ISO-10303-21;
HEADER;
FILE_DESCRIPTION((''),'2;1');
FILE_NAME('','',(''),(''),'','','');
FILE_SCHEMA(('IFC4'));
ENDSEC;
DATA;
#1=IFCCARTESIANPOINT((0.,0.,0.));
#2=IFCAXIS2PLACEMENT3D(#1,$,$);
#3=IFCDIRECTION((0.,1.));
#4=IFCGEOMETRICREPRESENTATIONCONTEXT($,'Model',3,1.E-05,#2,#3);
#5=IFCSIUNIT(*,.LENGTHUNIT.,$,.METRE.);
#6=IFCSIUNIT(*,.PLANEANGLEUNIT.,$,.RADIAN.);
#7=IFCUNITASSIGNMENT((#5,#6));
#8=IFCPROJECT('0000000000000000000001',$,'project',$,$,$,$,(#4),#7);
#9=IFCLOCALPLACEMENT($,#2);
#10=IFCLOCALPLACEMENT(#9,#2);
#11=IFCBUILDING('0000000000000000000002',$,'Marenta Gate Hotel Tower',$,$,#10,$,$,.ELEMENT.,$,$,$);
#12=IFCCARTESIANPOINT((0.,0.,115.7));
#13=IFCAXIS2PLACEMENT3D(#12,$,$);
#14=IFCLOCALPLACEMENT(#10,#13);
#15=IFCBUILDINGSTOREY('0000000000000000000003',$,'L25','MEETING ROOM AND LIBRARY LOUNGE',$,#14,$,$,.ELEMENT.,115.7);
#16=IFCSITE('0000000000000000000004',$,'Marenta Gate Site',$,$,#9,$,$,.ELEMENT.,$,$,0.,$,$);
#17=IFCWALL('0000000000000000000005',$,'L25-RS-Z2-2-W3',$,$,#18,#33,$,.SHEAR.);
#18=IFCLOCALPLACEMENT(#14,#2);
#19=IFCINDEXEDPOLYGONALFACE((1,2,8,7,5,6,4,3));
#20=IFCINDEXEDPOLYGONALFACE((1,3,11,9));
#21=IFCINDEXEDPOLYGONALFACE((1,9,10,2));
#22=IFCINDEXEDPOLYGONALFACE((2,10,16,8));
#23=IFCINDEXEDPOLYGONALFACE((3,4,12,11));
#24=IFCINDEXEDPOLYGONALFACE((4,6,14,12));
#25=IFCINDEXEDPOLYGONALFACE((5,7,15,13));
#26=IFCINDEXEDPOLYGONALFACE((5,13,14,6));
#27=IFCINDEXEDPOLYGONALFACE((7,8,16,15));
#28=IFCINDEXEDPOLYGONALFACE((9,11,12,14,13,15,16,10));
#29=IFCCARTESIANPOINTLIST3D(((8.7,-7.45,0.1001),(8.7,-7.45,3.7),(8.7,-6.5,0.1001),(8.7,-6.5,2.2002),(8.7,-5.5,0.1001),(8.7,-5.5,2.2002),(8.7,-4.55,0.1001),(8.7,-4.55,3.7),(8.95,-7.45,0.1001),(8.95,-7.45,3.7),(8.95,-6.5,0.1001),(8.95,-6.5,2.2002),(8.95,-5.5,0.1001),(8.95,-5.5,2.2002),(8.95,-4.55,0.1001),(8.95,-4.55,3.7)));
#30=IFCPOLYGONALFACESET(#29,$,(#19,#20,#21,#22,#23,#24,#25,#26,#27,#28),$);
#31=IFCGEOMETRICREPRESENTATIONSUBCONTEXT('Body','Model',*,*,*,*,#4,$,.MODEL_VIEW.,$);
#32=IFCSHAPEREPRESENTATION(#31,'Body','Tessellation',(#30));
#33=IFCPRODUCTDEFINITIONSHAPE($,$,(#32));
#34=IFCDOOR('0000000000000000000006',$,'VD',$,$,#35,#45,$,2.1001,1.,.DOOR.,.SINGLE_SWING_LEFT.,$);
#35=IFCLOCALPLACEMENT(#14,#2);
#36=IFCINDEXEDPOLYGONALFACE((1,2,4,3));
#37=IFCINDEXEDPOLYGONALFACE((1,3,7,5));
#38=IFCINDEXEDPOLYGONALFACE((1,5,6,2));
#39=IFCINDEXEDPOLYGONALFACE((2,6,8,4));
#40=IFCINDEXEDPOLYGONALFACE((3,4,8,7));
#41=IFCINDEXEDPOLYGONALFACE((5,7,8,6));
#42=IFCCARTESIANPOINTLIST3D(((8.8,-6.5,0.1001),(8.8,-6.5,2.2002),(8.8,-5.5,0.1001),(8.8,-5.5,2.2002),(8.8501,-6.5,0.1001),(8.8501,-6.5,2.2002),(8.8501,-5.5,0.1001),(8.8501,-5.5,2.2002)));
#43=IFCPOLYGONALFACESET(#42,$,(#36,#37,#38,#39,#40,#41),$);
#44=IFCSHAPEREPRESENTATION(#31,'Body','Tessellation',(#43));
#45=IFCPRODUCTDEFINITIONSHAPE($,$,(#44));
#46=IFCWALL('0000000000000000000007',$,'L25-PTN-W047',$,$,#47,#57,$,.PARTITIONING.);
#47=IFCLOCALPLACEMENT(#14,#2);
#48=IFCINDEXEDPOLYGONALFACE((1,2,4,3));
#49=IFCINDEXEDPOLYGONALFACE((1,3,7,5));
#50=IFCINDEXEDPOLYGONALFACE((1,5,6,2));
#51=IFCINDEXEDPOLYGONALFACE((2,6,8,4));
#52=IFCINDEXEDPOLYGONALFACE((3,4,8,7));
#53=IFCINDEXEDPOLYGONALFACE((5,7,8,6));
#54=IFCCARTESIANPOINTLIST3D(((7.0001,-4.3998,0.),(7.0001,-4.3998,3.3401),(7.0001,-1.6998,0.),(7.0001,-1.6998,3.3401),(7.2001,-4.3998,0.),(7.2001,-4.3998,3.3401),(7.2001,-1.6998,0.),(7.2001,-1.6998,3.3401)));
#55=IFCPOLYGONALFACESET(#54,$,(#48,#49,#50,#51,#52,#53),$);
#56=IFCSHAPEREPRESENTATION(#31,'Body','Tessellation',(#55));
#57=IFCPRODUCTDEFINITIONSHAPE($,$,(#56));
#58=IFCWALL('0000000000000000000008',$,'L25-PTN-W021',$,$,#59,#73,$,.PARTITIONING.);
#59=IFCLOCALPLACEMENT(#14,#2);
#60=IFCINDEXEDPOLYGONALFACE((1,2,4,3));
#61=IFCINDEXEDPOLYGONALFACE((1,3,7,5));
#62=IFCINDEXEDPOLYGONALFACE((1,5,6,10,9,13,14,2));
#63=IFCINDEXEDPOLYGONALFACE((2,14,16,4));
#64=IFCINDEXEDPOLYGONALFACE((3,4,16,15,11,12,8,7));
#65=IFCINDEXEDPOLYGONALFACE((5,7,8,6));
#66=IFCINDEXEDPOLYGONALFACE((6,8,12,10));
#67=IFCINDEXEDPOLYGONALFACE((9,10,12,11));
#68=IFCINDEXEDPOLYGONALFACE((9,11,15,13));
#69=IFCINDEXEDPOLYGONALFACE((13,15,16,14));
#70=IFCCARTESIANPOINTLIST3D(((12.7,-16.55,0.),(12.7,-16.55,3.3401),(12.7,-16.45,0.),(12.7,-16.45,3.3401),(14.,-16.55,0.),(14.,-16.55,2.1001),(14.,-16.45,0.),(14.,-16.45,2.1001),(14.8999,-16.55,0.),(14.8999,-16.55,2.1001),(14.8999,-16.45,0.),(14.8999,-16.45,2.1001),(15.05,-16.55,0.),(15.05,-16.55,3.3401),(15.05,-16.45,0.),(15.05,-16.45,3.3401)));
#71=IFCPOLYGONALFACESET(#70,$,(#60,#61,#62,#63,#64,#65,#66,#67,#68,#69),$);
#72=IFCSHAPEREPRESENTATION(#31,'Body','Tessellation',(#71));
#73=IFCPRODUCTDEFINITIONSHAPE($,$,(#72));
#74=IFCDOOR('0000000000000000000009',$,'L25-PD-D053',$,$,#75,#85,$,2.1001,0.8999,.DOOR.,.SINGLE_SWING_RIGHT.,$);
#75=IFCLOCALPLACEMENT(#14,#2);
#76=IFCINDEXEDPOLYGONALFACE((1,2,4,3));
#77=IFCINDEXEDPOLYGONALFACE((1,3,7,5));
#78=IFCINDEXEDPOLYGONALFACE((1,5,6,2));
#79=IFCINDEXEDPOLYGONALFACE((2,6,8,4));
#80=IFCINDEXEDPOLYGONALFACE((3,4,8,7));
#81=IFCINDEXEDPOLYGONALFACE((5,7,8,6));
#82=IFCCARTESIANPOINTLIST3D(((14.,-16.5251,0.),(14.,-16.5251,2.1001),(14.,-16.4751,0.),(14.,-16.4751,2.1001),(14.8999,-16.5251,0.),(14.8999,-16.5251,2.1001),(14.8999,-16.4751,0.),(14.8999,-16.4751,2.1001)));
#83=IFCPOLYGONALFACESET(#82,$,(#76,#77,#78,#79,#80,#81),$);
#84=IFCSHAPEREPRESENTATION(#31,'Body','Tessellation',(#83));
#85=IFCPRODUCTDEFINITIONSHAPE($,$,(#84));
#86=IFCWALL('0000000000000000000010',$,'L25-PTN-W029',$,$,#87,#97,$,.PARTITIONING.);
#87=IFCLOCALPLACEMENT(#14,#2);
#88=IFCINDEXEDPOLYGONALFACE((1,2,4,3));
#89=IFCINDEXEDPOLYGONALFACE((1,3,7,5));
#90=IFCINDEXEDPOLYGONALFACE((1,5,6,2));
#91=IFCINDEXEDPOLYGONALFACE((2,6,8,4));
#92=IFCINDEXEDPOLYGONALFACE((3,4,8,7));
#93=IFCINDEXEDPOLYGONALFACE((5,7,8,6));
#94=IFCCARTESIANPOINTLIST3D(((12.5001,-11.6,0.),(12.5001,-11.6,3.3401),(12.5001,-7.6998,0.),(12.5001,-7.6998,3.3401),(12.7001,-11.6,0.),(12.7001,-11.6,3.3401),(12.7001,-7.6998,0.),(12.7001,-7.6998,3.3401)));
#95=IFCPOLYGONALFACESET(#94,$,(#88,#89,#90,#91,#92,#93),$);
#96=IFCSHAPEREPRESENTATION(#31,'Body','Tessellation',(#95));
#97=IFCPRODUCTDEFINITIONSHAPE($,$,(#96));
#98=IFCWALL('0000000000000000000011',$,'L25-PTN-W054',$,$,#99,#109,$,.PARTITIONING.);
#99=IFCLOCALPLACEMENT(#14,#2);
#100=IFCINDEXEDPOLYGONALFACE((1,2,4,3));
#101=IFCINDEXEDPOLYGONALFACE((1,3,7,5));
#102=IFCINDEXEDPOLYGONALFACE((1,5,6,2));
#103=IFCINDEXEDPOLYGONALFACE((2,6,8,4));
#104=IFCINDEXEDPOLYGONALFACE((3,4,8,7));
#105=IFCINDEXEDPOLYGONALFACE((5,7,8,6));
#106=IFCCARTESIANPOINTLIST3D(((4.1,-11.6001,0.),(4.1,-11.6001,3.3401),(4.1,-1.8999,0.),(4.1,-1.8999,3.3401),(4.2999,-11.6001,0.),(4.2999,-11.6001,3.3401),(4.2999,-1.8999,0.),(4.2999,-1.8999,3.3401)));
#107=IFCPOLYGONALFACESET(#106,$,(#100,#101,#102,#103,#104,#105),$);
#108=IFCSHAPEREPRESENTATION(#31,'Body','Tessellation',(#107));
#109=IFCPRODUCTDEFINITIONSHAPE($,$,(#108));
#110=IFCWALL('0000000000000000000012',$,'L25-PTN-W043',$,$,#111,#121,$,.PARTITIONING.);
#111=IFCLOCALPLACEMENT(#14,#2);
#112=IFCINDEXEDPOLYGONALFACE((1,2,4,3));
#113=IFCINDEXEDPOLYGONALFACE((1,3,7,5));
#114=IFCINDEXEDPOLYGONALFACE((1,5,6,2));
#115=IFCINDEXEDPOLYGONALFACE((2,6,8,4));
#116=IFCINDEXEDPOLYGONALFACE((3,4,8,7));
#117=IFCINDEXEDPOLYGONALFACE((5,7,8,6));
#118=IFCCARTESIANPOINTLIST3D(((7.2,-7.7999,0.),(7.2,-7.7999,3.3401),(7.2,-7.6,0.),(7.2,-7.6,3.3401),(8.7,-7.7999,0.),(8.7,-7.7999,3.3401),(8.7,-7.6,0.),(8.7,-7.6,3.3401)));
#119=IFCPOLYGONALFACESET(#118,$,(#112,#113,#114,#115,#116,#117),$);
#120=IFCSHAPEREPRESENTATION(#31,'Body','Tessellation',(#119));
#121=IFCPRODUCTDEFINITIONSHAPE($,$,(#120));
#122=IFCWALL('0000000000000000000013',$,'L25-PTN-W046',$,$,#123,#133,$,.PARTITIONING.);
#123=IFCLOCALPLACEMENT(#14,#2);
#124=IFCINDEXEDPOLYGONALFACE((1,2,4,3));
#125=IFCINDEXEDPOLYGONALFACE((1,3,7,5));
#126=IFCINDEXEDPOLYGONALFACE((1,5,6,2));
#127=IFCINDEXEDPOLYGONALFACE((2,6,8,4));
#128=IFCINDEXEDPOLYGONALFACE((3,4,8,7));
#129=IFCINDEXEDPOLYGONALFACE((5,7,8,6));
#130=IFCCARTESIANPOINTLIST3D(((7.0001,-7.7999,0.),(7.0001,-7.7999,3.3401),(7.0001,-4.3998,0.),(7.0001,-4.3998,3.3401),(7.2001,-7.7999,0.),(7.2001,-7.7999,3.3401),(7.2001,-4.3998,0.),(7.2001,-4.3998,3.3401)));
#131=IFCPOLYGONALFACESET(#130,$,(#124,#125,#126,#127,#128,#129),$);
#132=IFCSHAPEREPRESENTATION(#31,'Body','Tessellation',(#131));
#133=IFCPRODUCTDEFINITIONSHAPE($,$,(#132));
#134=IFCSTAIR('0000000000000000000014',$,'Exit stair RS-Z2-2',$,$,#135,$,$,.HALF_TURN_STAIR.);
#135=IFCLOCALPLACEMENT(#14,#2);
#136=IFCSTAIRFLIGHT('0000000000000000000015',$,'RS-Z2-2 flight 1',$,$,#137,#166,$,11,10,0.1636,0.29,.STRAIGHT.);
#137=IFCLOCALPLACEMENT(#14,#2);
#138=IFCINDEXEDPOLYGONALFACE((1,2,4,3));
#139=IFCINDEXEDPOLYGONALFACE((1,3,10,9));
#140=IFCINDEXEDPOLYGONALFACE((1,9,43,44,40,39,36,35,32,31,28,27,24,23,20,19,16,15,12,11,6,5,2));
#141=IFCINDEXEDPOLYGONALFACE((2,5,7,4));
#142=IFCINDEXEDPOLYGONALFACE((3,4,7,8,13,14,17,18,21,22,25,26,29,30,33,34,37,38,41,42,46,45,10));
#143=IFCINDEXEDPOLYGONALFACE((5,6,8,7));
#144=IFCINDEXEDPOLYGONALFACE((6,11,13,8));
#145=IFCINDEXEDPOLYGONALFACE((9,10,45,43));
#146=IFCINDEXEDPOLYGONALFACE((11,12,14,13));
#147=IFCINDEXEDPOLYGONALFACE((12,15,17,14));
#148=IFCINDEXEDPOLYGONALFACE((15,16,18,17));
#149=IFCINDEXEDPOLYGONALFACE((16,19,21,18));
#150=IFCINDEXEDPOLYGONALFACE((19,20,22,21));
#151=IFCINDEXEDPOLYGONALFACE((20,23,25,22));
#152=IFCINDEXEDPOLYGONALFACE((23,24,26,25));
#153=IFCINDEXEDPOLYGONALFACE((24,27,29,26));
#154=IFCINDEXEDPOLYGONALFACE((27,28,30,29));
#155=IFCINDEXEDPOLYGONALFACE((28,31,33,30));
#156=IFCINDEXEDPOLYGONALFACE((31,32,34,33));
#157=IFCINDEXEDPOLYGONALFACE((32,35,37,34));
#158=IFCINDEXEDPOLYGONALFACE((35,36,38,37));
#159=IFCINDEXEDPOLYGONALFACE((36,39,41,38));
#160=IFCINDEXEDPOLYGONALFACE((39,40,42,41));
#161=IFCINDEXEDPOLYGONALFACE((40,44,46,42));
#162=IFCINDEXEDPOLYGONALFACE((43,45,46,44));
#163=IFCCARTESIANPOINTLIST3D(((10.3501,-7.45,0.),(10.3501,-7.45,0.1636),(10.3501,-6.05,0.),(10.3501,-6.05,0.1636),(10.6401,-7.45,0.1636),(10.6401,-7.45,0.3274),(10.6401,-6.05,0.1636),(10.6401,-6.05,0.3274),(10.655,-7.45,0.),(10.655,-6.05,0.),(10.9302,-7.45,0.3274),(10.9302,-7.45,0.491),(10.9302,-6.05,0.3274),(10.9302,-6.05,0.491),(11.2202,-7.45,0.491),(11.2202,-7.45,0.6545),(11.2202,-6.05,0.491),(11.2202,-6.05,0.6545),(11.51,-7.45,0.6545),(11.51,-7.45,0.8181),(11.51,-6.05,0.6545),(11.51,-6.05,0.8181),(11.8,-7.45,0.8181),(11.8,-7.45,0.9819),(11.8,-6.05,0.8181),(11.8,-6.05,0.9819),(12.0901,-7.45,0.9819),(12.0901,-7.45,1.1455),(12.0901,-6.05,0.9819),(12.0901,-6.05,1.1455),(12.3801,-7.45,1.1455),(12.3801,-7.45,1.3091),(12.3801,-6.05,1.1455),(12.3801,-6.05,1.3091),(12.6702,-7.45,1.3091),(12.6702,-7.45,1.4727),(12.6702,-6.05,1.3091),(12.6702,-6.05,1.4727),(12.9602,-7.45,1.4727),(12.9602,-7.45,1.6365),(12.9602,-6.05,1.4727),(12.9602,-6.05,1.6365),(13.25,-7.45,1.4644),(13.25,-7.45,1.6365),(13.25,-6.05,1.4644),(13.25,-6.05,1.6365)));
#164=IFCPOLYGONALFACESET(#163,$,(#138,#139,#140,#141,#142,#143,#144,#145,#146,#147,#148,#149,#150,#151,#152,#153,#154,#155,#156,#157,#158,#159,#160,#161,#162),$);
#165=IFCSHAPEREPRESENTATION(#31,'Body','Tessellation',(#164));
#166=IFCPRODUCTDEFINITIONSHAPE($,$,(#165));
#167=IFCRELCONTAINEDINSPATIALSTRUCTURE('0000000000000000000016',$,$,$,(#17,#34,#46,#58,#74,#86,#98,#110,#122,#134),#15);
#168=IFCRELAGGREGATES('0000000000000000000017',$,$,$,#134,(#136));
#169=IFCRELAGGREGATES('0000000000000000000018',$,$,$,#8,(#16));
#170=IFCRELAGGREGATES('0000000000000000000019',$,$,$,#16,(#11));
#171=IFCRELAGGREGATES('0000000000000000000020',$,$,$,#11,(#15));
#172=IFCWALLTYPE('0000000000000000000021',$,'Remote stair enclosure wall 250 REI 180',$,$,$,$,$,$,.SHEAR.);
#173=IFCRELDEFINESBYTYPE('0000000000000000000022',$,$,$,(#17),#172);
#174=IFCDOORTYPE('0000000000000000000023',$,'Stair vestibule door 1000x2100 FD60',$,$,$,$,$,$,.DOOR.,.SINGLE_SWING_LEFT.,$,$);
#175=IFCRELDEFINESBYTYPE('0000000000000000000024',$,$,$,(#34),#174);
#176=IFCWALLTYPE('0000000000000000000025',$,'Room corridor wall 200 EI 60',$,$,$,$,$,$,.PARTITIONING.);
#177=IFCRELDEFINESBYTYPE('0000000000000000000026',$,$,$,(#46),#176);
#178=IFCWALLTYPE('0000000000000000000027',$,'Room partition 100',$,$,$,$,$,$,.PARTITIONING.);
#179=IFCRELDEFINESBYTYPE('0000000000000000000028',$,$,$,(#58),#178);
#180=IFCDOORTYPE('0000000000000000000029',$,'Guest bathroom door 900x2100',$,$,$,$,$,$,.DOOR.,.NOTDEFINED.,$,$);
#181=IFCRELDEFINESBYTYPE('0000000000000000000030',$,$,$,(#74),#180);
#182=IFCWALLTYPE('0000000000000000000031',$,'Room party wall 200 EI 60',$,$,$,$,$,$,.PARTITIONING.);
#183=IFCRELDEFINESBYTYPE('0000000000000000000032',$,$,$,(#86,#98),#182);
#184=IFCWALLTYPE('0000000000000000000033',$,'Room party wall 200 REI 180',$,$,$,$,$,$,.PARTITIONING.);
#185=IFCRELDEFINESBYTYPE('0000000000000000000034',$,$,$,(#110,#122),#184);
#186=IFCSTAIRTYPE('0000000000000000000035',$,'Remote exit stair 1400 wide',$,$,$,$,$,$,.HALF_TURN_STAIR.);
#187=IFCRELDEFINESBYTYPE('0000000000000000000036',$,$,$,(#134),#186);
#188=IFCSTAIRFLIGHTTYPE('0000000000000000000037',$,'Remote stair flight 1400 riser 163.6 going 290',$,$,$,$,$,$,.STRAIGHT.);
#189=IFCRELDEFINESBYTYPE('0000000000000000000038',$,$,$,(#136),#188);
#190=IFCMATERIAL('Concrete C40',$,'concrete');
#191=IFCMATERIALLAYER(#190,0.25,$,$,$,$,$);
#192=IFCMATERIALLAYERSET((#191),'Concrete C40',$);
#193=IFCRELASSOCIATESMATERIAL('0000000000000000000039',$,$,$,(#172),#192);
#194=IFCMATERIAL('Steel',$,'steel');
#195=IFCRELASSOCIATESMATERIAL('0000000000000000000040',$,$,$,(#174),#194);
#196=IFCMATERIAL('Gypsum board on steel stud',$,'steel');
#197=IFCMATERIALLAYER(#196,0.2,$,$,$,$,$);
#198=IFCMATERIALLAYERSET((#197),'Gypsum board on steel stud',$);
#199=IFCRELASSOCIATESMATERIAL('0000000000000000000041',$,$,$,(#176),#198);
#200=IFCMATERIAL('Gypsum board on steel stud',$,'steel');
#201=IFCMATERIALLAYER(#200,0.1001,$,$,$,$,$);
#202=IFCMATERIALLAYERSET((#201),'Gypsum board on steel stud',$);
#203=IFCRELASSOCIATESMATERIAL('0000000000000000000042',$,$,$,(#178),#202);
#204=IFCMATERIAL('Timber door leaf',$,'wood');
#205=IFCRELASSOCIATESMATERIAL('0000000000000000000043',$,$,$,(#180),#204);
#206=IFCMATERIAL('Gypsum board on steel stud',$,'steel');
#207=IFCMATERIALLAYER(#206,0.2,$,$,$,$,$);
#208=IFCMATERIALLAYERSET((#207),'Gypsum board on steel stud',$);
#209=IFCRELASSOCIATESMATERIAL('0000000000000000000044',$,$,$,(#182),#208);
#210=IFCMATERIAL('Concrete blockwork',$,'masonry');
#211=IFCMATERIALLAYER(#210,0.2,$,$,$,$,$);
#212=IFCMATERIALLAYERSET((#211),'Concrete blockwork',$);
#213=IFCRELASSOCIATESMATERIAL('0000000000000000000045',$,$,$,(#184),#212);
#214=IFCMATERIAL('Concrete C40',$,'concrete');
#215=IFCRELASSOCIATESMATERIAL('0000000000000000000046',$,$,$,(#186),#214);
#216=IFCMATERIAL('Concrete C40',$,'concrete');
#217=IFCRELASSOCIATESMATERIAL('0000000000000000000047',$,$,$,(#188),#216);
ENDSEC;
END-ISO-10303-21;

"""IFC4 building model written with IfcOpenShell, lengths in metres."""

from ifc_helpers import new_model, si_unit, direction, frame, frame_2d, origin, place, context, subcontext, project, spatial, polyline, rectangle, outline, extrude, material, layer, layer_set, type_object, element, fill, aggregate, save


model = new_model("IFC4")

# Units and contexts
model_context = context("Model", 3, precision=1e-05, world=origin(), true_north=direction((0.0, 1.0)))
body_context = subcontext(model_context, "Body", "Model", "MODEL_VIEW")
ifc_project = project(units=[si_unit("LENGTHUNIT", "METRE"), si_unit("PLANEANGLEUNIT", "RADIAN")], contexts=[model_context])

# Site, building, storey
site_placement = place(None, origin())
site = spatial("IfcSite", under=ifc_project, at=site_placement, Name="Marenta Gate Site", CompositionType="ELEMENT", RefElevation=0.0)
building_placement = place(site_placement, origin())
building = spatial("IfcBuilding", under=site, at=building_placement, Name="Marenta Gate Hotel Tower", CompositionType="ELEMENT")
storey_placement = place(building_placement, frame((0.0, 0.0, 115.7)))
storey = spatial("IfcBuildingStorey", under=building, at=storey_placement, Name="L25", Description="MEETING ROOM AND LIBRARY LOUNGE", CompositionType="ELEMENT", Elevation=115.7)

# Shared definitions
ifc_material_1 = material(Name="Concrete C40", Category="concrete")
ifc_layer_1 = layer(ifc_material_1, 0.25)
ifc_layer_set_1 = layer_set([ifc_layer_1], Name="Concrete C40")
wall_type_1 = type_object("IfcWallType", Name="Remote stair enclosure wall 250 REI 180", PredefinedType="SHEAR", material=ifc_layer_set_1)

# Wall, opening, door
wall_1_placement = place(storey_placement, frame((8.825, -7.45, 0.1001), z_axis=(0.0, 0.0, 1.0), x_axis=(0.0, 1.0, 0.0)))
wall_1 = element("IfcWall", 1, at=wall_1_placement, inside=storey, type_object=wall_type_1, Name="L25-RS-Z2-2-W3", PredefinedType="SHEAR", context=body_context, shape_type="SweptSolid", body=[
    extrude(rectangle(XDim=2.8999, YDim=0.25, at=frame_2d((1.45, 0.0))), origin(), (0.0, 0.0, 1.0), 3.5999),
])
opening_1_placement = place(wall_1_placement, frame((0.95, 0.0, 0.0)))
opening_1 = element("IfcOpeningElement", 2, at=opening_1_placement, cuts=wall_1, PredefinedType="OPENING", context=body_context, shape_type="SweptSolid", body=[
    extrude(rectangle(XDim=1.0, YDim=2.1001, at=frame_2d((0.5, 1.05))), frame((0.0, 0.125, 0.0), z_axis=(0.0, -1.0, 0.0), x_axis=(1.0, 0.0, 0.0)), (0.0, 0.0, 1.0), 0.25),
])
ifc_material_2 = material(Name="Steel", Category="steel")
door_type_1 = type_object("IfcDoorType", Name="Stair vestibule door 1000x2100 FD60", OperationType="SINGLE_SWING_LEFT", PredefinedType="DOOR", material=ifc_material_2)
door_1_placement = place(opening_1_placement, origin())
door_1 = element("IfcDoor", 3, at=door_1_placement, inside=storey, type_object=door_type_1, Name="VD", OperationType="SINGLE_SWING_LEFT", OverallHeight=2.1001, OverallWidth=1.0, PredefinedType="DOOR", context=body_context, shape_type="SweptSolid", body=[
    extrude(rectangle(XDim=1.0, YDim=2.1001, at=frame_2d((0.5, 1.05))), frame((0.0, 0.0249, 0.0), z_axis=(0.0, -1.0, 0.0), x_axis=(1.0, 0.0, 0.0)), (0.0, 0.0, 1.0), 0.05),
])
fill(opening_1, door_1)
ifc_material_3 = material(Name="Gypsum board on steel stud", Category="steel")
ifc_layer_2 = layer(ifc_material_3, 0.2)
ifc_layer_set_2 = layer_set([ifc_layer_2], Name="Gypsum board on steel stud")
wall_type_2 = type_object("IfcWallType", Name="Room corridor wall 200 EI 60", PredefinedType="PARTITIONING", material=ifc_layer_set_2)

# Wall
wall_2_placement = place(storey_placement, frame((7.1001, -4.3999, 0.0), z_axis=(0.0, 0.0, 1.0), x_axis=(0.0, 1.0, 0.0)))
element("IfcWall", 4, at=wall_2_placement, inside=storey, type_object=wall_type_2, Name="L25-PTN-W047", PredefinedType="PARTITIONING", context=body_context, shape_type="SweptSolid", body=[
    extrude(rectangle(XDim=2.7, YDim=0.2, at=frame_2d((1.3501, 0.0))), origin(), (0.0, 0.0, 1.0), 3.3401),
])

# Wall, opening, door
ifc_material_4 = material(Name="Gypsum board on steel stud", Category="steel")
ifc_layer_3 = layer(ifc_material_4, 0.1001)
ifc_layer_set_3 = layer_set([ifc_layer_3], Name="Gypsum board on steel stud")
wall_type_3 = type_object("IfcWallType", Name="Room partition 100", PredefinedType="PARTITIONING", material=ifc_layer_set_3)
wall_3_placement = place(storey_placement, frame((12.7, -16.5, 0.0), z_axis=(0.0, 0.0, 1.0), x_axis=(1.0, 0.0, 0.0)))
wall_3 = element("IfcWall", 5, at=wall_3_placement, inside=storey, type_object=wall_type_3, Name="L25-PTN-W021", PredefinedType="PARTITIONING", context=body_context, shape_type="SweptSolid", body=[
    extrude(rectangle(XDim=2.3501, YDim=0.1001, at=frame_2d((1.175, 0.0))), origin(), (0.0, 0.0, 1.0), 3.3401),
])
opening_2_placement = place(wall_3_placement, frame((1.3, 0.0, 0.0)))
opening_2 = element("IfcOpeningElement", 6, at=opening_2_placement, cuts=wall_3, PredefinedType="OPENING", context=body_context, shape_type="SweptSolid", body=[
    extrude(rectangle(XDim=0.8999, YDim=2.1001, at=frame_2d((0.45, 1.05))), frame((0.0, 0.05, 0.0), z_axis=(0.0, -1.0, 0.0), x_axis=(1.0, 0.0, 0.0)), (0.0, 0.0, 1.0), 0.1001),
])
ifc_material_5 = material(Name="Timber door leaf", Category="wood")
door_type_2 = type_object("IfcDoorType", Name="Guest bathroom door 900x2100", OperationType="NOTDEFINED", PredefinedType="DOOR", material=ifc_material_5)
door_2_placement = place(opening_2_placement, origin())
door_2 = element("IfcDoor", 7, at=door_2_placement, inside=storey, type_object=door_type_2, Name="L25-PD-D053", OperationType="SINGLE_SWING_RIGHT", OverallHeight=2.1001, OverallWidth=0.8999, PredefinedType="DOOR", context=body_context, shape_type="SweptSolid", body=[
    extrude(rectangle(XDim=0.8999, YDim=2.1001, at=frame_2d((0.45, 1.05))), frame((0.0, 0.0249, 0.0), z_axis=(0.0, -1.0, 0.0), x_axis=(1.0, 0.0, 0.0)), (0.0, 0.0, 1.0), 0.05),
])
fill(opening_2, door_2)

# Walls
ifc_material_6 = material(Name="Gypsum board on steel stud", Category="steel")
ifc_layer_4 = layer(ifc_material_6, 0.2)
ifc_layer_set_4 = layer_set([ifc_layer_4], Name="Gypsum board on steel stud")
wall_type_4 = type_object("IfcWallType", Name="Room party wall 200 EI 60", PredefinedType="PARTITIONING", material=ifc_layer_set_4)
wall_4_placement = place(storey_placement, frame((12.6001, -11.6001, 0.0), z_axis=(0.0, 0.0, 1.0), x_axis=(0.0, 1.0, 0.0)))
element("IfcWall", 8, at=wall_4_placement, inside=storey, type_object=wall_type_4, Name="L25-PTN-W029", PredefinedType="PARTITIONING", context=body_context, shape_type="SweptSolid", body=[
    extrude(rectangle(XDim=3.9001, YDim=0.2, at=frame_2d((1.9502, 0.0))), origin(), (0.0, 0.0, 1.0), 3.3401),
])
wall_5_placement = place(storey_placement, frame((4.2, -11.6001, 0.0), z_axis=(0.0, 0.0, 1.0), x_axis=(0.0, 1.0, 0.0)))
element("IfcWall", 9, at=wall_5_placement, inside=storey, type_object=wall_type_4, Name="L25-PTN-W054", PredefinedType="PARTITIONING", context=body_context, shape_type="SweptSolid", body=[
    extrude(rectangle(XDim=9.7002, YDim=0.2, at=frame_2d((4.8501, 0.0))), origin(), (0.0, 0.0, 1.0), 3.3401),
])
ifc_material_7 = material(Name="Concrete blockwork", Category="masonry")
ifc_layer_5 = layer(ifc_material_7, 0.2)
ifc_layer_set_5 = layer_set([ifc_layer_5], Name="Concrete blockwork")
wall_type_5 = type_object("IfcWallType", Name="Room party wall 200 REI 180", PredefinedType="PARTITIONING", material=ifc_layer_set_5)
wall_6_placement = place(storey_placement, frame((7.2, -7.7, 0.0), z_axis=(0.0, 0.0, 1.0), x_axis=(1.0, 0.0, 0.0)))
element("IfcWall", 10, at=wall_6_placement, inside=storey, type_object=wall_type_5, Name="L25-PTN-W043", PredefinedType="PARTITIONING", context=body_context, shape_type="SweptSolid", body=[
    extrude(rectangle(XDim=1.5, YDim=0.2, at=frame_2d((0.75, 0.0))), origin(), (0.0, 0.0, 1.0), 3.3401),
])
wall_7_placement = place(storey_placement, frame((7.1001, -7.8, 0.0), z_axis=(0.0, 0.0, 1.0), x_axis=(0.0, 1.0, 0.0)))
element("IfcWall", 11, at=wall_7_placement, inside=storey, type_object=wall_type_5, Name="L25-PTN-W046", PredefinedType="PARTITIONING", context=body_context, shape_type="SweptSolid", body=[
    extrude(rectangle(XDim=3.4001, YDim=0.2, at=frame_2d((1.7002, 0.0))), origin(), (0.0, 0.0, 1.0), 3.3401),
])

# Stair, stair flight
ifc_material_8 = material(Name="Concrete C40", Category="concrete")
stair_type = type_object("IfcStairType", Name="Remote exit stair 1400 wide", PredefinedType="HALF_TURN_STAIR", material=ifc_material_8)
stair_placement = place(storey_placement, origin())
stair = element("IfcStair", 12, at=stair_placement, inside=storey, type_object=stair_type, Name="Exit stair RS-Z2-2", PredefinedType="HALF_TURN_STAIR")
ifc_material_9 = material(Name="Concrete C40", Category="concrete")
stair_flight_type = type_object("IfcStairFlightType", Name="Remote stair flight 1400 riser 163.6 going 290", PredefinedType="STRAIGHT", material=ifc_material_9)
stair_flight_placement = place(storey_placement, frame((10.3501, -6.75, 0.0), z_axis=(0.0, 0.0, 1.0), x_axis=(1.0, 0.0, 0.0)))
stair_flight = element("IfcStairFlight", 13, at=stair_flight_placement, type_object=stair_flight_type, Name="RS-Z2-2 flight 1", NumberOfRisers=11, NumberOfTreads=10, PredefinedType="STRAIGHT", RiserHeight=0.1636, TreadLength=0.29, context=body_context, shape_type="SweptSolid", body=[
    extrude(outline(polyline([(0.0, 0.0), (0.0, 0.1636), (0.29, 0.1636), (0.29, 0.3274), (0.5801, 0.3274), (0.5801, 0.491), (0.8701, 0.491), (0.8701, 0.6545), (1.1599, 0.6545), (1.1599, 0.8181), (1.45, 0.8181), (1.45, 0.9819), (1.74, 0.9819), (1.74, 1.1455), (2.03, 1.1455), (2.03, 1.3091), (2.3201, 1.3091), (2.3201, 1.4727), (2.6101, 1.4727), (2.6101, 1.6365), (2.8999, 1.6365), (2.8999, 1.8), (2.8999, 1.4644), (0.3049, 0.0), (0.0, 0.0)])), frame((0.0, 0.7, 0.0), z_axis=(0.0, -1.0, 0.0), x_axis=(1.0, 0.0, 0.0)), (0.0, 0.0, 1.0), 1.3999),
])
aggregate(stair, [stair_flight])

save(model, "model.ifc")
